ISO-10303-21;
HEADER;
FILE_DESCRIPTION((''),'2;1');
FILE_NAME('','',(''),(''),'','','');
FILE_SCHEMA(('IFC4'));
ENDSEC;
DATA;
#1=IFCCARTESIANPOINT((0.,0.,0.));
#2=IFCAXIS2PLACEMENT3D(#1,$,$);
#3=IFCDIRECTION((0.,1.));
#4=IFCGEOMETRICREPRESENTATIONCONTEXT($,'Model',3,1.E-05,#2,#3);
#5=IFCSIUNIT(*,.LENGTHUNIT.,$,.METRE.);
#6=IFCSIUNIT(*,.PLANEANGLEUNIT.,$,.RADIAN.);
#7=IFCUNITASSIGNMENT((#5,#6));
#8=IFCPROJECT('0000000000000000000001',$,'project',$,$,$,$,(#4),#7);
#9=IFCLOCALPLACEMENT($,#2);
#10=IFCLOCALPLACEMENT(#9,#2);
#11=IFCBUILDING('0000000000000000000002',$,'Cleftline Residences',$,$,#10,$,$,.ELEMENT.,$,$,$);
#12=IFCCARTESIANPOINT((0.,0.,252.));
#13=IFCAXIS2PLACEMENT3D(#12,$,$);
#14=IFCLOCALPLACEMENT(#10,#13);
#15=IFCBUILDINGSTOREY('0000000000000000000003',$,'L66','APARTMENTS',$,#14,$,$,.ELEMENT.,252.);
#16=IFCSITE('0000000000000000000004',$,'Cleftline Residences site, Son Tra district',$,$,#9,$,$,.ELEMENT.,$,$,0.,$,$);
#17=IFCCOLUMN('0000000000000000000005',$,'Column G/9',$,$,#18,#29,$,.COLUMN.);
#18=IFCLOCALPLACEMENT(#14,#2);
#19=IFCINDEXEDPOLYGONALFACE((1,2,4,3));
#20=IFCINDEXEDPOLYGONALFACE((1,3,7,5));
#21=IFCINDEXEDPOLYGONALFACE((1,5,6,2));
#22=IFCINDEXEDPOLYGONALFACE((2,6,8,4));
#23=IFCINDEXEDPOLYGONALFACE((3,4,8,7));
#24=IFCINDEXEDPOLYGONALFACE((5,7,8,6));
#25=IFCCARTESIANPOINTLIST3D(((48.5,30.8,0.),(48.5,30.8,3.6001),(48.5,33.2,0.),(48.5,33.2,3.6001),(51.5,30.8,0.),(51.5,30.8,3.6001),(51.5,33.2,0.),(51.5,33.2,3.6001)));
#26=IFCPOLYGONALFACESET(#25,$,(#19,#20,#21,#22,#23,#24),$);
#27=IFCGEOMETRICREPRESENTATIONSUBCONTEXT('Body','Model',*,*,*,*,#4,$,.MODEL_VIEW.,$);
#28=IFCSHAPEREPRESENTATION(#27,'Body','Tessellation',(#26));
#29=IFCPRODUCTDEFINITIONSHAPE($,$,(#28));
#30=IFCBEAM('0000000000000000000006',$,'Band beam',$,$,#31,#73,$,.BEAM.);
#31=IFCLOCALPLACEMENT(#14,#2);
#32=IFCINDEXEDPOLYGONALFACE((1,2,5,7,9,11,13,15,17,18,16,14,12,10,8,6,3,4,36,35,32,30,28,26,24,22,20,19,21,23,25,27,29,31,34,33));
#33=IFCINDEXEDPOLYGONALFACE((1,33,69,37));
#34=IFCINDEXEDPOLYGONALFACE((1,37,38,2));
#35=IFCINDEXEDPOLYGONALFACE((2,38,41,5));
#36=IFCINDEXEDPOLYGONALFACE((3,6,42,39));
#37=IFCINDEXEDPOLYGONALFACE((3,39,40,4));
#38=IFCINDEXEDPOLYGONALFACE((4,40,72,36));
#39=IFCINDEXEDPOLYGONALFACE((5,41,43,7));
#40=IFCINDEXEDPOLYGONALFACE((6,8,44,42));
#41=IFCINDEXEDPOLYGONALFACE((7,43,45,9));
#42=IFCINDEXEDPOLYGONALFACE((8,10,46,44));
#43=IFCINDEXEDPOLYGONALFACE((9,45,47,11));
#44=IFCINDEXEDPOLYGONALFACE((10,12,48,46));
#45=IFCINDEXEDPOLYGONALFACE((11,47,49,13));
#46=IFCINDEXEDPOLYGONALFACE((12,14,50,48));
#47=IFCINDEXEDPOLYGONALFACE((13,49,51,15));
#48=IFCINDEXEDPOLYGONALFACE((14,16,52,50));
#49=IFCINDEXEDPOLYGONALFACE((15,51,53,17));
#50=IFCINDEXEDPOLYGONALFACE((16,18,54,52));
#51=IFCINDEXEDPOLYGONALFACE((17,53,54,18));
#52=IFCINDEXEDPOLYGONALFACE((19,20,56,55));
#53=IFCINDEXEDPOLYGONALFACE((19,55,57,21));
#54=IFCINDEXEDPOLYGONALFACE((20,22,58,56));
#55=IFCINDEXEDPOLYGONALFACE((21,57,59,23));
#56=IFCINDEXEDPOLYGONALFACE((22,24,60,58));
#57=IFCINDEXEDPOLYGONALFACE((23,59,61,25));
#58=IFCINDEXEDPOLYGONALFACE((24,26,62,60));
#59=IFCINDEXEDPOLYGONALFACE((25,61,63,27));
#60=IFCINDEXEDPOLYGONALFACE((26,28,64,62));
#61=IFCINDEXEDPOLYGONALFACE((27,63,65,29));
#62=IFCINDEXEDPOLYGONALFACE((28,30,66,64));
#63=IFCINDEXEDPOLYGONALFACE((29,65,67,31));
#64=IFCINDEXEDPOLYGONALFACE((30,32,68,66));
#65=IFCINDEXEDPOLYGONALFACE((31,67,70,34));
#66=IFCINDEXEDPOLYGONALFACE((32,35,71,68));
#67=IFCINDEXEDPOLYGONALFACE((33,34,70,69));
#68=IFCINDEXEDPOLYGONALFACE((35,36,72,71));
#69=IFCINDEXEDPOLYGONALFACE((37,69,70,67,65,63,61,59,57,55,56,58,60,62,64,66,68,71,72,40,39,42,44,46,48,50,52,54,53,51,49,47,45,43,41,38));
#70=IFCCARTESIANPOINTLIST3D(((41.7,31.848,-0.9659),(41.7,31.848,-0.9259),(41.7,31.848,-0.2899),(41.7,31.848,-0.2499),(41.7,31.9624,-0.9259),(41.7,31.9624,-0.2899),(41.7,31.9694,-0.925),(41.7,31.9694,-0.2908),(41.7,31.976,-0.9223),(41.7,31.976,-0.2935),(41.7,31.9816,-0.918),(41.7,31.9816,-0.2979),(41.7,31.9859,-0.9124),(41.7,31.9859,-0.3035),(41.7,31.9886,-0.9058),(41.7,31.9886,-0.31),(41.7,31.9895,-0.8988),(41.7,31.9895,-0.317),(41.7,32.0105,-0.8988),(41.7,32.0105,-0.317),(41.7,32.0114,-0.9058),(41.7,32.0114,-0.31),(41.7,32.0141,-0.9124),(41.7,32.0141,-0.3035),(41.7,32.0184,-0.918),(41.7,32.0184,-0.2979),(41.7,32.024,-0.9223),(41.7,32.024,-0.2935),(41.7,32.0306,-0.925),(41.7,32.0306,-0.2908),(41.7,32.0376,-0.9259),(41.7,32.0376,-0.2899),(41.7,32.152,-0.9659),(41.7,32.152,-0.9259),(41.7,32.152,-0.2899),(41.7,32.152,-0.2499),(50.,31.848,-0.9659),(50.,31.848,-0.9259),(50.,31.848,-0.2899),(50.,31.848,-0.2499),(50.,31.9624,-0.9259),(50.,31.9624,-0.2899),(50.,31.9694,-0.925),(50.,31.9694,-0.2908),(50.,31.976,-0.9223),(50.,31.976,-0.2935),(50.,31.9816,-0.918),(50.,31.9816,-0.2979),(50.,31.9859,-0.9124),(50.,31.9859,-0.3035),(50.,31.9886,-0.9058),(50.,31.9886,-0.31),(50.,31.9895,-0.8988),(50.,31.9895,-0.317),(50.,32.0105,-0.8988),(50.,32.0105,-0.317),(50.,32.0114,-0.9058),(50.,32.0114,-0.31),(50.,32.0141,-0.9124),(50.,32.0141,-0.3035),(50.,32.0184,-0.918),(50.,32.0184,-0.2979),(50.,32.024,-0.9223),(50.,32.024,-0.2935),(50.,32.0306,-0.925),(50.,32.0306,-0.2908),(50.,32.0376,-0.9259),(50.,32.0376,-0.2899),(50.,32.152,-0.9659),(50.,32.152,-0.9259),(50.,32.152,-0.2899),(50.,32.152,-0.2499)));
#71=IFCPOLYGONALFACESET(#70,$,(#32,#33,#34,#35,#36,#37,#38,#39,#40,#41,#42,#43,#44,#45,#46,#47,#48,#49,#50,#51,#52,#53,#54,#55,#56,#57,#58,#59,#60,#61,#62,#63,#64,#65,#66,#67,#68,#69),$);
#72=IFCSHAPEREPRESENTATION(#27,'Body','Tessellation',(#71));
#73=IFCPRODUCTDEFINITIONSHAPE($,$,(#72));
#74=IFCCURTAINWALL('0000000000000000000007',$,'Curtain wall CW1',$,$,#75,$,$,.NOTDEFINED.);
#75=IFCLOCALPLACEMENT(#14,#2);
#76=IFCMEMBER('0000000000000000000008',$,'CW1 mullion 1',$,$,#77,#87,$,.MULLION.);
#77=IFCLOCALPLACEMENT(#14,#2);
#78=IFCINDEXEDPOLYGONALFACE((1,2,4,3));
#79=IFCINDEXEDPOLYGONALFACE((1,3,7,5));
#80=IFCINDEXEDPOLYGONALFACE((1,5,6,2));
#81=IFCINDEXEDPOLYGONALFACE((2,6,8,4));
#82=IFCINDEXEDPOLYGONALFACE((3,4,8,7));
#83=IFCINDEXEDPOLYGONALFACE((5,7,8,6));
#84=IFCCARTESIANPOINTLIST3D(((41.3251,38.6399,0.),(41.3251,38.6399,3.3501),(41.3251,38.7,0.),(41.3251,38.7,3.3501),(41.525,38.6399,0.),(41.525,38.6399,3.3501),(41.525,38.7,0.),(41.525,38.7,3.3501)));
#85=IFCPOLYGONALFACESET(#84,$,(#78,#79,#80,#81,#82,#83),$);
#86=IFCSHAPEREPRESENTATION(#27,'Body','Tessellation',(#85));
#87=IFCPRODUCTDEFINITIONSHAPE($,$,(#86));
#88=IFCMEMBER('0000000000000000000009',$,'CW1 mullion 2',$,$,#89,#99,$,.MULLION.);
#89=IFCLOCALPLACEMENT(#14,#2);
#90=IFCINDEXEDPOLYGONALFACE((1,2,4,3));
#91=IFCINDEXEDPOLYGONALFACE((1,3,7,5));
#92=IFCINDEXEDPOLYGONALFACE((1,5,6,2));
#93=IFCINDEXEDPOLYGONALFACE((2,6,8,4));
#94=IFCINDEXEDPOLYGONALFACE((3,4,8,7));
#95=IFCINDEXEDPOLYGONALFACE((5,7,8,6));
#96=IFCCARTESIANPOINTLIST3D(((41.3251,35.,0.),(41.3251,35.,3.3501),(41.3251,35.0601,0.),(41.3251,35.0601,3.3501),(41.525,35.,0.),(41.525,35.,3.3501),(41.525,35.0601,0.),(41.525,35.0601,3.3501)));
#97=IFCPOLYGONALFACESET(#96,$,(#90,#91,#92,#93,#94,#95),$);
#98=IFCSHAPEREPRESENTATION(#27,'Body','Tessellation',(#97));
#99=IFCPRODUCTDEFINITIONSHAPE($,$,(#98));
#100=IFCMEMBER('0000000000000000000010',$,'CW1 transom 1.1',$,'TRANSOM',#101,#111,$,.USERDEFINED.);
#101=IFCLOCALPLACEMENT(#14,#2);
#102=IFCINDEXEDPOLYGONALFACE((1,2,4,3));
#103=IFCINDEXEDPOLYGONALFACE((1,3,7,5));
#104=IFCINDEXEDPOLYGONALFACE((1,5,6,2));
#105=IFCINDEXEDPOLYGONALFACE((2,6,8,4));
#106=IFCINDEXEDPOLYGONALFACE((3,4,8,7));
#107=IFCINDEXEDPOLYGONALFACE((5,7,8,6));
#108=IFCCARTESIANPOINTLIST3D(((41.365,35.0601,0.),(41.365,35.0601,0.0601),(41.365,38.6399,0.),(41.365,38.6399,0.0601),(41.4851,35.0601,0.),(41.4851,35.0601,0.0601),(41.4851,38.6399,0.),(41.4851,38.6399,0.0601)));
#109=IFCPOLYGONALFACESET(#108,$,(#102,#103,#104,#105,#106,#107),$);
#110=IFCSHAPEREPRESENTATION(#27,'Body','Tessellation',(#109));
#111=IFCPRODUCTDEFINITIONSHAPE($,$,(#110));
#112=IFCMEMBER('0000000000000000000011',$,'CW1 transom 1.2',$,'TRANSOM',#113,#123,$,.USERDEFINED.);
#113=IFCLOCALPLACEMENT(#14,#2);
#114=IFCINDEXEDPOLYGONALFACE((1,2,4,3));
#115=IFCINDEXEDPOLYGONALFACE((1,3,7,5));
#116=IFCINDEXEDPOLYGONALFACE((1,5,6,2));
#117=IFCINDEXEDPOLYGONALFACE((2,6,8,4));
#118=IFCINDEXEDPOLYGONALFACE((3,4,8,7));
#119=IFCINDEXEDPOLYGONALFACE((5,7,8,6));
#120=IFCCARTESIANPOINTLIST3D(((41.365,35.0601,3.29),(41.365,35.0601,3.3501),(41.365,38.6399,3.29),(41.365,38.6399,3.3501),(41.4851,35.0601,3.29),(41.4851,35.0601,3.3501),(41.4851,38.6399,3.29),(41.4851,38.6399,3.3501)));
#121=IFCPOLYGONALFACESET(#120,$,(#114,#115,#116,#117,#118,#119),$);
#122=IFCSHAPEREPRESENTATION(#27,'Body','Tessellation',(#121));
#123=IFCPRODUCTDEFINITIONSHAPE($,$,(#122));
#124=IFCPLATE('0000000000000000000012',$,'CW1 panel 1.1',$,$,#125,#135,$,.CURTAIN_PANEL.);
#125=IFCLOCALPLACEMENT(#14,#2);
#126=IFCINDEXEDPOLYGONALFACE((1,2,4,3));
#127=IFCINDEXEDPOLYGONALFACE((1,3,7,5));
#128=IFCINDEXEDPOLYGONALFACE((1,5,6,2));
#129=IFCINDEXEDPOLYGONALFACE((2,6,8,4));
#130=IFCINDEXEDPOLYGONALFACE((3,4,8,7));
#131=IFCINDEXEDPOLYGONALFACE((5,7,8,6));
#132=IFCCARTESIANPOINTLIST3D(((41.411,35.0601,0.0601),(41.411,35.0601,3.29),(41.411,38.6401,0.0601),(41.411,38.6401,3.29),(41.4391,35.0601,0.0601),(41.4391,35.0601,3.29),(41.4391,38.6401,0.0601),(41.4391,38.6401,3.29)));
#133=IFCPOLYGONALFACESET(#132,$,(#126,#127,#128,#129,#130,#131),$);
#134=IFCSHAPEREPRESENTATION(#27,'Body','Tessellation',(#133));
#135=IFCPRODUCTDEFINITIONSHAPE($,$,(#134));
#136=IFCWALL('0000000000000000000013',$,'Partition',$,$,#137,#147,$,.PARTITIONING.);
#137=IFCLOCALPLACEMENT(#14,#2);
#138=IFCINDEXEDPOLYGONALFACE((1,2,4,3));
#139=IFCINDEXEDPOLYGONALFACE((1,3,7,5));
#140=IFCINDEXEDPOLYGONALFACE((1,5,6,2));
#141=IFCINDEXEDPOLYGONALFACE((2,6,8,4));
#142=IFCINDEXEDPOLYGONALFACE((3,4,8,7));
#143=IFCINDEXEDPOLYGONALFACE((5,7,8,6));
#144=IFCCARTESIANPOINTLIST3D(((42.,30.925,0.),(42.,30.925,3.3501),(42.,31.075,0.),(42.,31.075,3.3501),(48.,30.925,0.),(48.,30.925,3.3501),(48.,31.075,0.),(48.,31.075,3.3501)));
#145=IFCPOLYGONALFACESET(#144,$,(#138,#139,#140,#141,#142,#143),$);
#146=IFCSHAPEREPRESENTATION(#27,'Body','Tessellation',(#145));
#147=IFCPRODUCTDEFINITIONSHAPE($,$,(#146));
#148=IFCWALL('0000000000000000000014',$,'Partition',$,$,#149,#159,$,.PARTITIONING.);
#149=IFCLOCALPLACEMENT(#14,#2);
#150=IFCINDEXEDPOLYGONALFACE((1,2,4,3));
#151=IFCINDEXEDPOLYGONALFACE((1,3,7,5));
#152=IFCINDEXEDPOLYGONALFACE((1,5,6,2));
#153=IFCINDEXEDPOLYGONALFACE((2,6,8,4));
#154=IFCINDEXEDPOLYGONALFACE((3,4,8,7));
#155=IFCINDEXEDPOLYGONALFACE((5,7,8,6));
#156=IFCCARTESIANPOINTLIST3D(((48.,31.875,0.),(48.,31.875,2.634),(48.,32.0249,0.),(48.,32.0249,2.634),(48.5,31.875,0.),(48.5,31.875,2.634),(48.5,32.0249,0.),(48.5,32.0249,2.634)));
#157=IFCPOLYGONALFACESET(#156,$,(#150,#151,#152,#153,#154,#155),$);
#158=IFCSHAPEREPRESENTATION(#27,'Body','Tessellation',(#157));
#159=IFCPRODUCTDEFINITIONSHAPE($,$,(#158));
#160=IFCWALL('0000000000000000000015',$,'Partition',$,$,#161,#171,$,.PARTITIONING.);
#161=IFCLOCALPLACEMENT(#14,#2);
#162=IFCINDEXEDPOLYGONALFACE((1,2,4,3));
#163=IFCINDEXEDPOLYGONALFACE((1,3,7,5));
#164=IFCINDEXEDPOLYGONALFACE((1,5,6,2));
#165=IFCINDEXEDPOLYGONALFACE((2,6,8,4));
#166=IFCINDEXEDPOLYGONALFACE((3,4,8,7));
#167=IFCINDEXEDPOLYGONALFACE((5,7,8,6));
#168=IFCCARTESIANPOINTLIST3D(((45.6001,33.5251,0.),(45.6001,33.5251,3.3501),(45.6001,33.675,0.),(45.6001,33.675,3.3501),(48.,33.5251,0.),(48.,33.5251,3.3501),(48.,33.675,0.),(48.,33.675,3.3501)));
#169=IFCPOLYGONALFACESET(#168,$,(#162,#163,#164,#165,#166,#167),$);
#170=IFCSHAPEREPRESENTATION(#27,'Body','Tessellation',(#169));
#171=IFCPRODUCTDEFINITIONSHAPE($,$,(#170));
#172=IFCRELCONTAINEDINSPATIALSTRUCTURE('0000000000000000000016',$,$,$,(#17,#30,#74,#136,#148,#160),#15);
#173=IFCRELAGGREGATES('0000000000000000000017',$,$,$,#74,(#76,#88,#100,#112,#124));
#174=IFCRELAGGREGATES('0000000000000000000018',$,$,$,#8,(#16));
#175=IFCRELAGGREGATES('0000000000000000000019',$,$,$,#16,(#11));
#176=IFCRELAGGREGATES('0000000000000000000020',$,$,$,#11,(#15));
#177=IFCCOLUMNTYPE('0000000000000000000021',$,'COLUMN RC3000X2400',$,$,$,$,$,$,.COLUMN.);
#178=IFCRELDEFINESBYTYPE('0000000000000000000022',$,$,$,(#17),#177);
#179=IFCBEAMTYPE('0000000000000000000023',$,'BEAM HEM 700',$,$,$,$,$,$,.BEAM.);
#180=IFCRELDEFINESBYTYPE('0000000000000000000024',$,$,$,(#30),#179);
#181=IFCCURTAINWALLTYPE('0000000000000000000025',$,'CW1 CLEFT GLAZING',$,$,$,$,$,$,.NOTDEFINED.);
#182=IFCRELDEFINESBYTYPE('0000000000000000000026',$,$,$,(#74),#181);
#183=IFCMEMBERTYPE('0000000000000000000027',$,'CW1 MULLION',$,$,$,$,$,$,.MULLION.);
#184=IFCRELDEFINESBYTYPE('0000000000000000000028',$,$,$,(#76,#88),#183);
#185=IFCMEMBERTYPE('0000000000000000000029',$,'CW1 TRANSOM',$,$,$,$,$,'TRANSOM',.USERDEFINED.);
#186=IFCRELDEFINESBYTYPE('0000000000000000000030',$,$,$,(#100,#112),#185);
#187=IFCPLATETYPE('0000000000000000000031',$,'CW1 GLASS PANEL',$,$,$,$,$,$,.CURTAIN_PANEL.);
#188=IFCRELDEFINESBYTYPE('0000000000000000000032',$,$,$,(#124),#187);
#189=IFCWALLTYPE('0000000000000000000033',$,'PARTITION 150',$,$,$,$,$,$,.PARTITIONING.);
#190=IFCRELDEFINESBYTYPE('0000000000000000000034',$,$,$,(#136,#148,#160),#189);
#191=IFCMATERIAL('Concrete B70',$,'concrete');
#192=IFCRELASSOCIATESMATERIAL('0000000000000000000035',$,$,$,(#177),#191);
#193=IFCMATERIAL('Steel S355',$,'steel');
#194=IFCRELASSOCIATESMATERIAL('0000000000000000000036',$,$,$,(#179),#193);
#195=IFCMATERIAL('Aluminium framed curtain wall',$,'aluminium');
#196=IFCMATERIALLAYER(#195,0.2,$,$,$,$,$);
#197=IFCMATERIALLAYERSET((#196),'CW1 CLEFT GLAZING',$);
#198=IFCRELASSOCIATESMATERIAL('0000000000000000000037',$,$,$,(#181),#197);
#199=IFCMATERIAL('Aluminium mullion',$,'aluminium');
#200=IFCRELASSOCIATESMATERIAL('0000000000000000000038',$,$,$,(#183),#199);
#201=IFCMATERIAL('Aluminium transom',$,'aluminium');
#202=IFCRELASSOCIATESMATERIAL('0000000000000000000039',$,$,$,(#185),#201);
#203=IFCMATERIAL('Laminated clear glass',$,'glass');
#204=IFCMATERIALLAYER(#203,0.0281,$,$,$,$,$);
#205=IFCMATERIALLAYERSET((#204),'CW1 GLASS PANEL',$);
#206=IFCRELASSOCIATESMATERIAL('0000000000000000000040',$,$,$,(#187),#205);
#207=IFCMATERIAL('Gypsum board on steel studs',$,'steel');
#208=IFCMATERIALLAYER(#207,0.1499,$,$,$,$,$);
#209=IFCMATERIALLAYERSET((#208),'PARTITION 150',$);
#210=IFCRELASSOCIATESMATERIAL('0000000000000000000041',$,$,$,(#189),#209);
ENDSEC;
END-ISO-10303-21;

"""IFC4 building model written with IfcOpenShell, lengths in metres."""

from ifc_helpers import new_model, si_unit, direction, frame, frame_2d, origin, origin_2d, place, context, subcontext, project, spatial, rectangle, i_section, extrude, material, layer, layer_set, material_profile, profile_set, type_object, element, aggregate, save


model = new_model("IFC4")

# Units and contexts
model_context = context("Model", 3, precision=1e-05, world=origin(), true_north=direction((0.0, 1.0)))
body_context = subcontext(model_context, "Body", "Model", "MODEL_VIEW")
ifc_project = project(units=[si_unit("LENGTHUNIT", "METRE"), si_unit("PLANEANGLEUNIT", "RADIAN")], contexts=[model_context])

# Site, building, storey
site_placement = place(None, origin())
site = spatial("IfcSite", under=ifc_project, at=site_placement, Name="Cleftline Residences site, Son Tra district", CompositionType="ELEMENT", RefElevation=0.0)
building_placement = place(site_placement, origin())
building = spatial("IfcBuilding", under=site, at=building_placement, Name="Cleftline Residences", CompositionType="ELEMENT")
storey_placement = place(building_placement, frame((0.0, 0.0, 252.0)))
storey = spatial("IfcBuildingStorey", under=building, at=storey_placement, Name="L66", Description="APARTMENTS", CompositionType="ELEMENT", Elevation=252.0)

# Column
ifc_material_1 = material(Name="Concrete B70", Category="concrete")
ifc_material_profile_1 = material_profile(ifc_material_1, rectangle(XDim=3.0, YDim=2.3999, at=origin_2d()))
ifc_profile_set_1 = profile_set([ifc_material_profile_1], Name="Concrete B70")
column_type = type_object("IfcColumnType", Name="COLUMN RC3000X2400", PredefinedType="COLUMN", material=ifc_profile_set_1)
column_placement = place(storey_placement, frame((50.0, 32.0, 0.0), z_axis=(0.0, 0.0, 1.0), x_axis=(1.0, 0.0, 0.0)))
element("IfcColumn", 1, at=column_placement, inside=storey, type_object=column_type, Name="Column G/9", PredefinedType="COLUMN", context=body_context, shape_type="SweptSolid", body=[
    extrude(rectangle(XDim=3.0, YDim=2.3999, at=origin_2d()), origin(), (0.0, 0.0, 1.0), 3.6001),
])

# Beam
ifc_material_2 = material(Name="Steel S355", Category="steel")
ifc_material_profile_2 = material_profile(ifc_material_2, i_section(OverallWidth=0.304, OverallDepth=0.7161, WebThickness=0.021, FlangeThickness=0.04, FilletRadius=0.0271, at=origin_2d()))
ifc_profile_set_2 = profile_set([ifc_material_profile_2], Name="Steel S355")
beam_type = type_object("IfcBeamType", Name="BEAM HEM 700", PredefinedType="BEAM", material=ifc_profile_set_2)
beam_placement = place(storey_placement, frame((50.0, 32.0, -0.6079), z_axis=(-1.0, 0.0, 0.0), x_axis=(0.0, -1.0, 0.0)))
element("IfcBeam", 2, at=beam_placement, inside=storey, type_object=beam_type, Name="Band beam", PredefinedType="BEAM", context=body_context, shape_type="SweptSolid", body=[
    extrude(i_section(OverallWidth=0.304, OverallDepth=0.7161, WebThickness=0.021, FlangeThickness=0.04, FilletRadius=0.0271, at=origin_2d()), origin(), (0.0, 0.0, 1.0), 8.3),
])

# Curtain wall, members, plate
ifc_material_3 = material(Name="Aluminium framed curtain wall", Category="aluminium")
ifc_layer_1 = layer(ifc_material_3, 0.2)
ifc_layer_set_1 = layer_set([ifc_layer_1], Name="CW1 CLEFT GLAZING")
curtain_wall_type = type_object("IfcCurtainWallType", Name="CW1 CLEFT GLAZING", PredefinedType="NOTDEFINED", material=ifc_layer_set_1)
curtain_wall_placement = place(storey_placement, origin())
curtain_wall = element("IfcCurtainWall", 3, at=curtain_wall_placement, inside=storey, type_object=curtain_wall_type, Name="Curtain wall CW1", PredefinedType="NOTDEFINED")
ifc_material_4 = material(Name="Aluminium mullion", Category="aluminium")
ifc_material_profile_3 = material_profile(ifc_material_4, rectangle(XDim=0.2, YDim=0.0601, at=origin_2d()))
ifc_profile_set_3 = profile_set([ifc_material_profile_3], Name="Aluminium mullion")
member_type_1 = type_object("IfcMemberType", Name="CW1 MULLION", PredefinedType="MULLION", material=ifc_profile_set_3)
member_1_placement = place(storey_placement, frame((41.425, 38.6699, 0.0), z_axis=(0.0, 0.0, 1.0), x_axis=(1.0, 0.0, 0.0)))
member_1 = element("IfcMember", 4, at=member_1_placement, type_object=member_type_1, Name="CW1 mullion 1", PredefinedType="MULLION", context=body_context, shape_type="SweptSolid", body=[
    extrude(rectangle(XDim=0.2, YDim=0.0601, at=origin_2d()), origin(), (0.0, 0.0, 1.0), 3.3501),
])
member_2_placement = place(storey_placement, frame((41.425, 35.03, 0.0), z_axis=(0.0, 0.0, 1.0), x_axis=(1.0, 0.0, 0.0)))
member_2 = element("IfcMember", 5, at=member_2_placement, type_object=member_type_1, Name="CW1 mullion 2", PredefinedType="MULLION", context=body_context, shape_type="SweptSolid", body=[
    extrude(rectangle(XDim=0.2, YDim=0.0601, at=origin_2d()), origin(), (0.0, 0.0, 1.0), 3.3501),
])
ifc_material_5 = material(Name="Aluminium transom", Category="aluminium")
ifc_material_profile_4 = material_profile(ifc_material_5, rectangle(XDim=0.1201, YDim=0.0601, at=origin_2d()))
ifc_profile_set_4 = profile_set([ifc_material_profile_4], Name="Aluminium transom")
member_type_2 = type_object("IfcMemberType", Name="CW1 TRANSOM", ElementType="TRANSOM", PredefinedType="USERDEFINED", material=ifc_profile_set_4)
member_3_placement = place(storey_placement, frame((41.425, 38.6399, 0.03), z_axis=(0.0, -1.0, 0.0), x_axis=(1.0, 0.0, 0.0)))
member_3 = element("IfcMember", 6, at=member_3_placement, type_object=member_type_2, Name="CW1 transom 1.1", ObjectType="TRANSOM", PredefinedType="USERDEFINED", context=body_context, shape_type="SweptSolid", body=[
    extrude(rectangle(XDim=0.1201, YDim=0.0601, at=origin_2d()), origin(), (0.0, 0.0, 1.0), 3.5798),
])
member_4_placement = place(storey_placement, frame((41.425, 38.6399, 3.3201), z_axis=(0.0, -1.0, 0.0), x_axis=(1.0, 0.0, 0.0)))
member_4 = element("IfcMember", 7, at=member_4_placement, type_object=member_type_2, Name="CW1 transom 1.2", ObjectType="TRANSOM", PredefinedType="USERDEFINED", context=body_context, shape_type="SweptSolid", body=[
    extrude(rectangle(XDim=0.1201, YDim=0.0601, at=origin_2d()), origin(), (0.0, 0.0, 1.0), 3.5798),
])
ifc_material_6 = material(Name="Laminated clear glass", Category="glass")
ifc_layer_2 = layer(ifc_material_6, 0.0281)
ifc_layer_set_2 = layer_set([ifc_layer_2], Name="CW1 GLASS PANEL")
plate_type = type_object("IfcPlateType", Name="CW1 GLASS PANEL", PredefinedType="CURTAIN_PANEL", material=ifc_layer_set_2)
plate_placement = place(storey_placement, frame((41.425, 36.8501, 0.0601), z_axis=(0.0, 0.0, 1.0), x_axis=(0.0, -1.0, 0.0)))
plate = element("IfcPlate", 8, at=plate_placement, type_object=plate_type, Name="CW1 panel 1.1", PredefinedType="CURTAIN_PANEL", context=body_context, shape_type="SweptSolid", body=[
    extrude(rectangle(XDim=3.5801, YDim=0.0281, at=origin_2d()), origin(), (0.0, 0.0, 1.0), 3.23),
])
aggregate(curtain_wall, [member_1, member_2, member_3, member_4, plate])

# Walls
ifc_material_7 = material(Name="Gypsum board on steel studs", Category="steel")
ifc_layer_3 = layer(ifc_material_7, 0.1499)
ifc_layer_set_3 = layer_set([ifc_layer_3], Name="PARTITION 150")
wall_type = type_object("IfcWallType", Name="PARTITION 150", PredefinedType="PARTITIONING", material=ifc_layer_set_3)
wall_1_placement = place(storey_placement, frame((42.0, 31.0, 0.0), z_axis=(0.0, 0.0, 1.0), x_axis=(1.0, 0.0, 0.0)))
element("IfcWall", 9, at=wall_1_placement, inside=storey, type_object=wall_type, Name="Partition", PredefinedType="PARTITIONING", context=body_context, shape_type="SweptSolid", body=[
    extrude(rectangle(XDim=6.0, YDim=0.1499, at=frame_2d((3.0, 0.0))), origin(), (0.0, 0.0, 1.0), 3.3501),
])
wall_2_placement = place(storey_placement, frame((48.0, 31.95, 0.0), z_axis=(0.0, 0.0, 1.0), x_axis=(1.0, 0.0, 0.0)))
element("IfcWall", 10, at=wall_2_placement, inside=storey, type_object=wall_type, Name="Partition", PredefinedType="PARTITIONING", context=body_context, shape_type="SweptSolid", body=[
    extrude(rectangle(XDim=0.5, YDim=0.1499, at=frame_2d((0.25, 0.0))), origin(), (0.0, 0.0, 1.0), 2.634),
])
wall_3_placement = place(storey_placement, frame((45.6001, 33.6001, 0.0), z_axis=(0.0, 0.0, 1.0), x_axis=(1.0, 0.0, 0.0)))
element("IfcWall", 11, at=wall_3_placement, inside=storey, type_object=wall_type, Name="Partition", PredefinedType="PARTITIONING", context=body_context, shape_type="SweptSolid", body=[
    extrude(rectangle(XDim=2.3999, YDim=0.1499, at=frame_2d((1.2, 0.0))), origin(), (0.0, 0.0, 1.0), 3.3501),
])

save(model, "model.ifc")
